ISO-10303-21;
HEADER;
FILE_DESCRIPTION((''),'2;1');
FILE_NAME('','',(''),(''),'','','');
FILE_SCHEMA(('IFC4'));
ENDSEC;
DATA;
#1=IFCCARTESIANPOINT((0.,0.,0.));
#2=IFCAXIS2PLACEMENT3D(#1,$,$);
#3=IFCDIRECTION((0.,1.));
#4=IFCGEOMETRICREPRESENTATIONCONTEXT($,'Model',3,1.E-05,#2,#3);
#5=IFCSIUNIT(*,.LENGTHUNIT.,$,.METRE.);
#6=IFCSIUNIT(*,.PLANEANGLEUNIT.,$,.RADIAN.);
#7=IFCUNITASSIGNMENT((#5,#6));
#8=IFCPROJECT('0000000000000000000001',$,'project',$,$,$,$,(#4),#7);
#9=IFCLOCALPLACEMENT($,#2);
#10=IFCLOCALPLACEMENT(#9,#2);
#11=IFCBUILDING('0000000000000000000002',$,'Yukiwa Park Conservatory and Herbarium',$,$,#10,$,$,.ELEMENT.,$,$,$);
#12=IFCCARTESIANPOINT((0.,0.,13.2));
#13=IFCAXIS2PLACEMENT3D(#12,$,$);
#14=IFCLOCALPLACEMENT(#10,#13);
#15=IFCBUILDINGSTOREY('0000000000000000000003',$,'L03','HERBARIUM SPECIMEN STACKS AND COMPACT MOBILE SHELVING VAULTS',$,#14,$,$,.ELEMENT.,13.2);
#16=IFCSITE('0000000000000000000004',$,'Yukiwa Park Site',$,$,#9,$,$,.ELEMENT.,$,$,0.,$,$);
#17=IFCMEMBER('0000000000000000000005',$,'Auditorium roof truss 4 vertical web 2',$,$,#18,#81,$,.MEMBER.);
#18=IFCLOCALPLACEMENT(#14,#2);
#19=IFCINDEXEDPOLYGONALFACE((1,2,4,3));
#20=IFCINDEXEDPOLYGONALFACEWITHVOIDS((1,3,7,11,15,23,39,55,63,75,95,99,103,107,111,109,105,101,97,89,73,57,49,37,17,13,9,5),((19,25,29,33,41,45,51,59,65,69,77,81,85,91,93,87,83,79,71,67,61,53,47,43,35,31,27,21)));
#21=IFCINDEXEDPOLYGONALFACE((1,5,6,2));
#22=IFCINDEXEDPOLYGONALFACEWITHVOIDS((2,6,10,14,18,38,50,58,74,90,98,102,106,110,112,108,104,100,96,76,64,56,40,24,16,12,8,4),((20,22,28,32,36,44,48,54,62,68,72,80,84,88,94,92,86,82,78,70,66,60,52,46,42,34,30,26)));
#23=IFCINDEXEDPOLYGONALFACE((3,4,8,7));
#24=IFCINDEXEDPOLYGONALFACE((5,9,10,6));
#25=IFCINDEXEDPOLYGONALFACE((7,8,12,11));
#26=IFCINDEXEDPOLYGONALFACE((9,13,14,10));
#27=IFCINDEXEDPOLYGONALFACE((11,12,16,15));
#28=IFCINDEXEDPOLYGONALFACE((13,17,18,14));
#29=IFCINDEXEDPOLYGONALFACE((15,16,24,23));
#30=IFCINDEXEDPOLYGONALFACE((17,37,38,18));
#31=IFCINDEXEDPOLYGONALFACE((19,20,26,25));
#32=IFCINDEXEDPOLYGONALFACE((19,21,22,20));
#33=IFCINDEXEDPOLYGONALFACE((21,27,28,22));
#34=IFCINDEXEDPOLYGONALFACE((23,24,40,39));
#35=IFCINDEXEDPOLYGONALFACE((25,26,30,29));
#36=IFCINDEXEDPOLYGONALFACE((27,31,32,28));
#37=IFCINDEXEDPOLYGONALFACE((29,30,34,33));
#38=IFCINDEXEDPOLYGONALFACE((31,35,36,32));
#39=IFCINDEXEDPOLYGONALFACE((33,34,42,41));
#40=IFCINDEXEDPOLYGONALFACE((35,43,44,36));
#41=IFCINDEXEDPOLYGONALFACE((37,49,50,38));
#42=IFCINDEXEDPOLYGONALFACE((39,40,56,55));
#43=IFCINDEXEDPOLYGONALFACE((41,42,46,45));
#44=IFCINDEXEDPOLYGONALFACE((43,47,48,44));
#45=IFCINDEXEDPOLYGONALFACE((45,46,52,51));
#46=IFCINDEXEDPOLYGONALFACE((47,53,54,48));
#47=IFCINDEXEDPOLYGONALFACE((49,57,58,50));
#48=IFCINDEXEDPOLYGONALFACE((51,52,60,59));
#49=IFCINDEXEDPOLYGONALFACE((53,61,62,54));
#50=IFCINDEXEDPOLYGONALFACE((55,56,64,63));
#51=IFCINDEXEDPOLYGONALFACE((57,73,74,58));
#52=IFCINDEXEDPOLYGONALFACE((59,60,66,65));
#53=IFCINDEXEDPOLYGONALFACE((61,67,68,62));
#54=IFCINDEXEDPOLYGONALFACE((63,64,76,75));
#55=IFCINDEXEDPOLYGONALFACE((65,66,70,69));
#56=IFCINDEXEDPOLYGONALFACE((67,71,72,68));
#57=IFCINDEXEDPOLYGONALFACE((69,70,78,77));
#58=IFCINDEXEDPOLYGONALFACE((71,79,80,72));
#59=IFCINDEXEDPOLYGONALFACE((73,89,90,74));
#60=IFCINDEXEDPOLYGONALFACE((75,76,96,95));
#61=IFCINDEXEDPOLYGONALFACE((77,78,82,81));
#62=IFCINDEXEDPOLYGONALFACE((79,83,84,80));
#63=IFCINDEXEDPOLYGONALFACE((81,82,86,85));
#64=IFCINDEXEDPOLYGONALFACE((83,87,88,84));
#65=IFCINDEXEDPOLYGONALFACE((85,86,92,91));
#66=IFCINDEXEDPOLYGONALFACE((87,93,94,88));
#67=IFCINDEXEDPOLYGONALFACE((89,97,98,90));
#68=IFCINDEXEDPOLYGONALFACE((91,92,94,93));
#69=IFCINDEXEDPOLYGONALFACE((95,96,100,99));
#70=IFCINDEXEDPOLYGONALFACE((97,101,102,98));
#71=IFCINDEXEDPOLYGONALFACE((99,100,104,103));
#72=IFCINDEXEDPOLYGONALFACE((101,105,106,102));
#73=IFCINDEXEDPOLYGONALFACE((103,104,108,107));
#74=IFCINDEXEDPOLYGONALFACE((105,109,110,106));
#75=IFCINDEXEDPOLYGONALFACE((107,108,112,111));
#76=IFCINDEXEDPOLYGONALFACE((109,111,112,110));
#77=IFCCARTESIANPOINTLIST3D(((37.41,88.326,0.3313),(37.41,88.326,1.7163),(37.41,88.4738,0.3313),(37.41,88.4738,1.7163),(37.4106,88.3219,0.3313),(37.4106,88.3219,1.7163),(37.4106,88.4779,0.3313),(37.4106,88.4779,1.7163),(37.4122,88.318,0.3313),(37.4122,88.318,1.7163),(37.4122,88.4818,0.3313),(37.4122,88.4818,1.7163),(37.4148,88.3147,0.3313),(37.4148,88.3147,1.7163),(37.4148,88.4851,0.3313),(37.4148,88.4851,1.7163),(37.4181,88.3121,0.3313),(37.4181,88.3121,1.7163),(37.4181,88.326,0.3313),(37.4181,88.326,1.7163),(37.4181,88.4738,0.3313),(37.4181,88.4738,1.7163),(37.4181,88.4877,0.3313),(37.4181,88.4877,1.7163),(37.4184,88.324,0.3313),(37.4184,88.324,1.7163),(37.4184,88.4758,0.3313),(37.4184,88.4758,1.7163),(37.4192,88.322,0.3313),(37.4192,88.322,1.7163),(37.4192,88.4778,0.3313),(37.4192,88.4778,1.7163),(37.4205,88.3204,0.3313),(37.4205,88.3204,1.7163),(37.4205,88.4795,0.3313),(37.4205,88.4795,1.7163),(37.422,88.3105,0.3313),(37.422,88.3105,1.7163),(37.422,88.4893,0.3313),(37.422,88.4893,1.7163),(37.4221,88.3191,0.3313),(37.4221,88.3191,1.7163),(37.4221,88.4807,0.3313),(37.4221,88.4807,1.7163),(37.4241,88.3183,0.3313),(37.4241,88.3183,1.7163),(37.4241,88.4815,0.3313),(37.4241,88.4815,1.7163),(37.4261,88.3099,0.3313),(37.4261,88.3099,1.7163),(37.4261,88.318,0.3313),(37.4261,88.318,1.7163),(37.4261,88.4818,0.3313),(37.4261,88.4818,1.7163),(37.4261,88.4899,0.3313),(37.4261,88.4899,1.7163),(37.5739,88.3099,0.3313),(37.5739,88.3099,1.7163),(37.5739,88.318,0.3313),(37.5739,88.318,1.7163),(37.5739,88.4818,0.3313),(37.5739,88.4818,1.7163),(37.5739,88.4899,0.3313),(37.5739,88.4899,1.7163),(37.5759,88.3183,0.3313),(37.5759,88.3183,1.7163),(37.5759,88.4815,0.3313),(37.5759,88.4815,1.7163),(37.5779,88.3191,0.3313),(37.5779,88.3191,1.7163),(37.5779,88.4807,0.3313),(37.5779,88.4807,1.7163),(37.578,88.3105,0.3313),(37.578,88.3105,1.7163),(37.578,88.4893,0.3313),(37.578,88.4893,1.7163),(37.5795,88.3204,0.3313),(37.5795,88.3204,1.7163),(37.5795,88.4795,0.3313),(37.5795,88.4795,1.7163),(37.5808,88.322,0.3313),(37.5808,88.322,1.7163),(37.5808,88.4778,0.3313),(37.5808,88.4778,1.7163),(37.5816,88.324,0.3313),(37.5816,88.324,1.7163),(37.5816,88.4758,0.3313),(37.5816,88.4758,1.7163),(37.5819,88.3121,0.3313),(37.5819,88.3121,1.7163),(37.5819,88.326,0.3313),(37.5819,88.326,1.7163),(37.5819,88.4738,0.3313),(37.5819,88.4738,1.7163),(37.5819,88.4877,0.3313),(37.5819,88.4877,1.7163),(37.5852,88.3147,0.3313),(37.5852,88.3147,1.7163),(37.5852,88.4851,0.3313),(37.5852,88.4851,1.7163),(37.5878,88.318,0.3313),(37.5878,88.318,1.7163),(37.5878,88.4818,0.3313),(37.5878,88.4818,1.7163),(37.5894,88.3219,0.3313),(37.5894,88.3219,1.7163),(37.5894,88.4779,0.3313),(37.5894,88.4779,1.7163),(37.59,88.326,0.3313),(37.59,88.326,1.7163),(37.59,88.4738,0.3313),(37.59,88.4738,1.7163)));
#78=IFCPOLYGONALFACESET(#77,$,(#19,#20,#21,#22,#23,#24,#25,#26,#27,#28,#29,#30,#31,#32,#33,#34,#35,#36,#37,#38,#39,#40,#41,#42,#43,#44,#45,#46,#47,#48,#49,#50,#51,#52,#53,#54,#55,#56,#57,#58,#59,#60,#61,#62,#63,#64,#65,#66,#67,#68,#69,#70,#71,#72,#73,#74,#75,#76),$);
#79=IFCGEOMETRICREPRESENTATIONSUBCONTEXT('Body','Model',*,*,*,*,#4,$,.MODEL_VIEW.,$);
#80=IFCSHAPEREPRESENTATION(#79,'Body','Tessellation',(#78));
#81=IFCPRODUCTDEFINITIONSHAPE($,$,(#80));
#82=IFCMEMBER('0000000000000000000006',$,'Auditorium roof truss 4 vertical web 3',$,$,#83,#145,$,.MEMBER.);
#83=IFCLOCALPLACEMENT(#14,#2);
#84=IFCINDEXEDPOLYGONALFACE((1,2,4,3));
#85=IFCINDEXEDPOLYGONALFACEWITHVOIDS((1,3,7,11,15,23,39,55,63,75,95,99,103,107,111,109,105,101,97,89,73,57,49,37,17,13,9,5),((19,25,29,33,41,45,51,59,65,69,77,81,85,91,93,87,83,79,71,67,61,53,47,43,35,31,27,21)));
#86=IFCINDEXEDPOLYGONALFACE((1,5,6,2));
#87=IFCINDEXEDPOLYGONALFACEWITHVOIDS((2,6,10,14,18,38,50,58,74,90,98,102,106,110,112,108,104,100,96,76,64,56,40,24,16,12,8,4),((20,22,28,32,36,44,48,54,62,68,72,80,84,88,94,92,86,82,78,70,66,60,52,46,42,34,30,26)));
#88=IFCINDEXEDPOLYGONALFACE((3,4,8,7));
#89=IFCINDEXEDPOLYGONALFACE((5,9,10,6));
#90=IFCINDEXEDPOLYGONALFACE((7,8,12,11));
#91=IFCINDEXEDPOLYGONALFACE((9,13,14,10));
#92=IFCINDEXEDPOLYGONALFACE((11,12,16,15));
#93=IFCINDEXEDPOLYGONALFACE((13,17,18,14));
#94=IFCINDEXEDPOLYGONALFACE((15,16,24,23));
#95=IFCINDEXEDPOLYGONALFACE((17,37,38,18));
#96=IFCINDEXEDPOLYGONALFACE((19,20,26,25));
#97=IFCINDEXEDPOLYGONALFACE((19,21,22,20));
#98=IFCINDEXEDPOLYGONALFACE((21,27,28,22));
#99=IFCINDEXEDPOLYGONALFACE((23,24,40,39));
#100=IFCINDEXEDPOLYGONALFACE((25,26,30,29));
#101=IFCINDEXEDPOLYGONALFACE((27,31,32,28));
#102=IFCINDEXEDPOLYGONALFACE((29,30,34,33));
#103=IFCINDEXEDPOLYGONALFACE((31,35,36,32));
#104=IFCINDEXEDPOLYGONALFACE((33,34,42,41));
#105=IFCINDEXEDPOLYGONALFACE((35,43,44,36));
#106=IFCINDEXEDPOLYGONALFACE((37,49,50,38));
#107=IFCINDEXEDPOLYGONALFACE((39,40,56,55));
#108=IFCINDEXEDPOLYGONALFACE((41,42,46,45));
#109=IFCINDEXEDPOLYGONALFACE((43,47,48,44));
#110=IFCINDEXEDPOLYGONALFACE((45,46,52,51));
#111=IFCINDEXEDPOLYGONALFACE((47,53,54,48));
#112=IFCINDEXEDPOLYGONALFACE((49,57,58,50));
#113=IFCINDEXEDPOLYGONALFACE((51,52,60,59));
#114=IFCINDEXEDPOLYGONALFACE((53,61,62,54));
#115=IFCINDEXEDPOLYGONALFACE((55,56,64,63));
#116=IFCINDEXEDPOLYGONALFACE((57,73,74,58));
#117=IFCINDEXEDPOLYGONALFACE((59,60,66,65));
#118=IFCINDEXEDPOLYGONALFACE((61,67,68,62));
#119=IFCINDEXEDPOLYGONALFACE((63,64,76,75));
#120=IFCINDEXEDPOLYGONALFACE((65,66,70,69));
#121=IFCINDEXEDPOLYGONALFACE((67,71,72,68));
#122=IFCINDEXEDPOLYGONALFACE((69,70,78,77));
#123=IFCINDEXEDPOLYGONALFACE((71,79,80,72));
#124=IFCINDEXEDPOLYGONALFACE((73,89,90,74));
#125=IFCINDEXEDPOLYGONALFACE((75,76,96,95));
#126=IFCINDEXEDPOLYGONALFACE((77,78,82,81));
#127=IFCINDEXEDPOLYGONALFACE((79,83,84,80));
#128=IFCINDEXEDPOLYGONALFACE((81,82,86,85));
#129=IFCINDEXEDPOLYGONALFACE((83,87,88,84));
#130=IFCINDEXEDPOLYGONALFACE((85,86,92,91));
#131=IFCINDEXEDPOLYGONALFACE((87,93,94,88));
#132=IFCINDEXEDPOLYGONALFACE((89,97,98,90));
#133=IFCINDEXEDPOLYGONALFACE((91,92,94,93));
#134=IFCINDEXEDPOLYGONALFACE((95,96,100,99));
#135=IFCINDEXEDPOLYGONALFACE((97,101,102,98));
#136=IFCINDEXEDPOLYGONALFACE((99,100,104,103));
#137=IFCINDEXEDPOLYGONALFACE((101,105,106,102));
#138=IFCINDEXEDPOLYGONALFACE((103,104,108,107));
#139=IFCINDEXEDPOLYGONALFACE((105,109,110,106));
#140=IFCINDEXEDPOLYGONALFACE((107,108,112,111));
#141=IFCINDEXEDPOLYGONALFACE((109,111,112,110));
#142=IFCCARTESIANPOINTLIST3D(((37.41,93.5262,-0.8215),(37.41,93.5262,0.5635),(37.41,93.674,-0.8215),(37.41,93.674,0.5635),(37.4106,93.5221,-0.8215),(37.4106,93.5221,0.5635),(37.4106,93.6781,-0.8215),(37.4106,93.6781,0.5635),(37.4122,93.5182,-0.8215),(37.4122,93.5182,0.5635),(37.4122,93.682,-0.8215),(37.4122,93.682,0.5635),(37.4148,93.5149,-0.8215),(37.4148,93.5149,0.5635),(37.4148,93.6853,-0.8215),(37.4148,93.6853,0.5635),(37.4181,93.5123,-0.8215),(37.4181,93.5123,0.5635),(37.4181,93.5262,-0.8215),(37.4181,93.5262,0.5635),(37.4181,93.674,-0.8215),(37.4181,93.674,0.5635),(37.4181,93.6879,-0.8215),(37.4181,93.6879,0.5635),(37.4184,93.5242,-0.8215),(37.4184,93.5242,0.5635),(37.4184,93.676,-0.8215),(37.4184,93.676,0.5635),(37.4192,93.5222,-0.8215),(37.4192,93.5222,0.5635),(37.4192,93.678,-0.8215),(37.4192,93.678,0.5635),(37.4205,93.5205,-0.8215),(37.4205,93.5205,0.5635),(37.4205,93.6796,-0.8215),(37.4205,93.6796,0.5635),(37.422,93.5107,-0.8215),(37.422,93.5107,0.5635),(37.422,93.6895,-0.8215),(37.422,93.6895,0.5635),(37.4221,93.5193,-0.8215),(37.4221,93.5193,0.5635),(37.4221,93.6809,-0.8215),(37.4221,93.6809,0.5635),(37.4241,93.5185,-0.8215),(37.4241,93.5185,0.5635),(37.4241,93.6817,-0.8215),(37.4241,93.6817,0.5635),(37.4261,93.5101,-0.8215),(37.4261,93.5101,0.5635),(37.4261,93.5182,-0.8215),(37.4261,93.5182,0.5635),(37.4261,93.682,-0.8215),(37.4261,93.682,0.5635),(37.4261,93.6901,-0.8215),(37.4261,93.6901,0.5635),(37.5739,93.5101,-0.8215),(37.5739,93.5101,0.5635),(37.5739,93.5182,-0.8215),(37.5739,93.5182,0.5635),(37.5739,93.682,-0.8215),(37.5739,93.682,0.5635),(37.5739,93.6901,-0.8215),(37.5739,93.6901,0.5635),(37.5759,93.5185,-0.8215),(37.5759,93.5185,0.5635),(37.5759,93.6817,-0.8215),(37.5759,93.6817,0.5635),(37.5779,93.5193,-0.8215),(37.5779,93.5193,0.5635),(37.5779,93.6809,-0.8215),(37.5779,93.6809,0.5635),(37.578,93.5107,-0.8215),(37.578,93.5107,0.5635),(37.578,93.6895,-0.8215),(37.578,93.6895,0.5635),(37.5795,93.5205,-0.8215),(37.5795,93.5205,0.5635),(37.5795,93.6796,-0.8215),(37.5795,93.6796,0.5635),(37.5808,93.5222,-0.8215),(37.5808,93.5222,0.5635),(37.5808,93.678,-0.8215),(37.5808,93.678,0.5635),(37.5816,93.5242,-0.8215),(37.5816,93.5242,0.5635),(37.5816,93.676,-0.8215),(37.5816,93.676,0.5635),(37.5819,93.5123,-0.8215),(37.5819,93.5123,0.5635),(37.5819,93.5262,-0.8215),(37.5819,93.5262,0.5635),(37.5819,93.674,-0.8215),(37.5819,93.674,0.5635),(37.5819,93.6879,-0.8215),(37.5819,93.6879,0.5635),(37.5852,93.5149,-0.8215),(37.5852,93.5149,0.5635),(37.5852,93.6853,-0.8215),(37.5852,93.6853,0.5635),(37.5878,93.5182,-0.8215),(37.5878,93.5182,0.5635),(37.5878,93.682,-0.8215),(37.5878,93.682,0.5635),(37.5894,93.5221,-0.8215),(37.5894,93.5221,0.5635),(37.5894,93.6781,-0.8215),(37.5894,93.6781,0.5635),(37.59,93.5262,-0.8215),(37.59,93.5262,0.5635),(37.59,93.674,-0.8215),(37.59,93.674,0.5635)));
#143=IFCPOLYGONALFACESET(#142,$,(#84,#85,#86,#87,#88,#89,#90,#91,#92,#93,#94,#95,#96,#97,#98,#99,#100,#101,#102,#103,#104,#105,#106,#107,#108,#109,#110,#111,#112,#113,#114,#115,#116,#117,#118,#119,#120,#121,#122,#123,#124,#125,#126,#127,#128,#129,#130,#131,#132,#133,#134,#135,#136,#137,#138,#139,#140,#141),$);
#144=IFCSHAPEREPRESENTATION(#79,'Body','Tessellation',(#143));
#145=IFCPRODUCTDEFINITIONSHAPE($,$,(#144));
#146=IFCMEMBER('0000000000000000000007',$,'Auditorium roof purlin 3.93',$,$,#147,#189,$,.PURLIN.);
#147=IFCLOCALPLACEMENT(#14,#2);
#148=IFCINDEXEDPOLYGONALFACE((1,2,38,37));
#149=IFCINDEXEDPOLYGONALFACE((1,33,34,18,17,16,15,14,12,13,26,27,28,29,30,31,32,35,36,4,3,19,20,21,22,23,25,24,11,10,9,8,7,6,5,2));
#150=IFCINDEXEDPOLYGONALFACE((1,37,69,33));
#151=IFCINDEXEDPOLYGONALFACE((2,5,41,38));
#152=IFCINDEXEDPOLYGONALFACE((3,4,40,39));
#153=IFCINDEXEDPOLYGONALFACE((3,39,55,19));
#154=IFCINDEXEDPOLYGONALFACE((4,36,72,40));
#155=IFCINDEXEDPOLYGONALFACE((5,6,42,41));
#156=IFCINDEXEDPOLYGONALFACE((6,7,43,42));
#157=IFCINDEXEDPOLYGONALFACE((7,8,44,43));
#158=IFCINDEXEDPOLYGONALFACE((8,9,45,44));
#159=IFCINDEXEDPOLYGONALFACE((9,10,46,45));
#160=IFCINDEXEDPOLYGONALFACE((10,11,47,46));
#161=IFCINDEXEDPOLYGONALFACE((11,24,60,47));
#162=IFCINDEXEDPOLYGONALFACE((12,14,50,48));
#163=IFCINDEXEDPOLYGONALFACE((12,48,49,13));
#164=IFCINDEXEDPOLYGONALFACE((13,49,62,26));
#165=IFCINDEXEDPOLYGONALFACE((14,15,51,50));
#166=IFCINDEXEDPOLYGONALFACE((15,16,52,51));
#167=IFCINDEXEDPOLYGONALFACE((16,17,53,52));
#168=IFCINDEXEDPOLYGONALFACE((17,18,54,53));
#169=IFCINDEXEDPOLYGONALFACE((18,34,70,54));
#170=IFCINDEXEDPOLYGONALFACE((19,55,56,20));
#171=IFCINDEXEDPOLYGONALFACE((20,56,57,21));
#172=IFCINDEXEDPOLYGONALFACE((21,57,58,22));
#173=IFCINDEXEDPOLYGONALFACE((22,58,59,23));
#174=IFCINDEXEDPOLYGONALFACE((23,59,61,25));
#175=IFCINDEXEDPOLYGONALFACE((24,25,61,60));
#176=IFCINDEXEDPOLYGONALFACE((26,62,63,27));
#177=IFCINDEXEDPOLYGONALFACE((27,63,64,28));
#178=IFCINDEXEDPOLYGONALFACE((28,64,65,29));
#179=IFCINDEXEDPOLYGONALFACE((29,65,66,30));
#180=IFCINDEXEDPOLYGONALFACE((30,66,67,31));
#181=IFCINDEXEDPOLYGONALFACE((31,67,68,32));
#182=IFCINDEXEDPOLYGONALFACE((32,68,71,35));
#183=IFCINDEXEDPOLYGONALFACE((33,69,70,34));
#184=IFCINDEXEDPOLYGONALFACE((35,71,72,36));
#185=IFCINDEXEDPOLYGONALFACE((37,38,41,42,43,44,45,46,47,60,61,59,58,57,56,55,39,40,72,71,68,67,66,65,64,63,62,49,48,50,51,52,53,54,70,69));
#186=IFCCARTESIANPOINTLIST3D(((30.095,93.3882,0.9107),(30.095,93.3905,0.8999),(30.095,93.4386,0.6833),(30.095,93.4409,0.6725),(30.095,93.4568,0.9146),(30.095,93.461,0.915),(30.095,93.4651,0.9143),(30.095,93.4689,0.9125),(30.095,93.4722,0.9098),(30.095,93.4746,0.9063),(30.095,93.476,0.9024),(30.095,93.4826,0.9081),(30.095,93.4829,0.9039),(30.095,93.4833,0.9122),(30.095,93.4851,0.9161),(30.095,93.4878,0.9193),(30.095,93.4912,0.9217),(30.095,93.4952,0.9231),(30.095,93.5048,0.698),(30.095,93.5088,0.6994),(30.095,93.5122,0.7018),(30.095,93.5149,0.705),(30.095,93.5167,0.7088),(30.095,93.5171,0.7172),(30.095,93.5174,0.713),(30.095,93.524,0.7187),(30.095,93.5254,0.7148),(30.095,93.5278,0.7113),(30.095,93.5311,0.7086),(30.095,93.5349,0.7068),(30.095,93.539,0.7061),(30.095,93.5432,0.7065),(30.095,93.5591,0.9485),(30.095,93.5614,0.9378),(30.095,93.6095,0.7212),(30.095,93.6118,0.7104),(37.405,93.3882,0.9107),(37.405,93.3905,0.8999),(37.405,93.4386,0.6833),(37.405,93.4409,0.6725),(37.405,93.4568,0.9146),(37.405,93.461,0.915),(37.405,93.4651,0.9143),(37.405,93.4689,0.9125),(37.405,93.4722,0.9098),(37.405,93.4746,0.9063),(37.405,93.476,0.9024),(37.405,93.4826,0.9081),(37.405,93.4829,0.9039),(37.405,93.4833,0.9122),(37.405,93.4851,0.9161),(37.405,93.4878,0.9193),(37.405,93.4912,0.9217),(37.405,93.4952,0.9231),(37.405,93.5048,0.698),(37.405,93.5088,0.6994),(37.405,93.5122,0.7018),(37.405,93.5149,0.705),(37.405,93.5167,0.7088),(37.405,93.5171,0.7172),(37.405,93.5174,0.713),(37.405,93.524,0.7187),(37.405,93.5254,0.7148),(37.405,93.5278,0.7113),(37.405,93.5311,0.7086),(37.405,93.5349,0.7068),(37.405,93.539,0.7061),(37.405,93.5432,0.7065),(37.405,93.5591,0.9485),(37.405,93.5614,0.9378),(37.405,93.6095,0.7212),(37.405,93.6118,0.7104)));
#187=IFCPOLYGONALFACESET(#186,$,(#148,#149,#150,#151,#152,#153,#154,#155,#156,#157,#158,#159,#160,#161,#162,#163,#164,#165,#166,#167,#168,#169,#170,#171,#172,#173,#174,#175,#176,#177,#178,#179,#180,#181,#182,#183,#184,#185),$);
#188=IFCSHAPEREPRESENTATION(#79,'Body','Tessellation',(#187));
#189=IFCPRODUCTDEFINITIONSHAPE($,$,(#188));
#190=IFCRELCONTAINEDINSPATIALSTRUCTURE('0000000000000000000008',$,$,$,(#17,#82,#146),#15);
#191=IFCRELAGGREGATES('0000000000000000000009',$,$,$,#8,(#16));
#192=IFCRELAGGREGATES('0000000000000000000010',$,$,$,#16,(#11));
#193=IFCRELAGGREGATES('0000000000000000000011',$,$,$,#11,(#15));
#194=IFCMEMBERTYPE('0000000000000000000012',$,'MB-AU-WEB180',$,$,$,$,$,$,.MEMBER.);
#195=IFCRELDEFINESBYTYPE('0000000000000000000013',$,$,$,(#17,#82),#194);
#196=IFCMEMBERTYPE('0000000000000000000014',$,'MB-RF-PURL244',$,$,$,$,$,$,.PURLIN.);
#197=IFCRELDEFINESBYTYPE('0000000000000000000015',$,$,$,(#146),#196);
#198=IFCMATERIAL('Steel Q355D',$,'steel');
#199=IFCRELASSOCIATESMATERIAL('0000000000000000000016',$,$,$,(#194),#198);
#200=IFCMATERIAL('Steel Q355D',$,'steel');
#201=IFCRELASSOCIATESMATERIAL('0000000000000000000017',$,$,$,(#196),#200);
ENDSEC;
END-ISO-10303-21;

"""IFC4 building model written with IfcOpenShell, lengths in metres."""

from ifc_helpers import new_model, si_unit, direction, frame, origin, origin_2d, place, context, subcontext, project, spatial, hollow_rectangle, i_section, extrude, material, material_profile, profile_set, type_object, element, save


model = new_model("IFC4")

# Units and contexts
model_context = context("Model", 3, precision=1e-05, world=origin(), true_north=direction((0.0, 1.0)))
body_context = subcontext(model_context, "Body", "Model", "MODEL_VIEW")
ifc_project = project(units=[si_unit("LENGTHUNIT", "METRE"), si_unit("PLANEANGLEUNIT", "RADIAN")], contexts=[model_context])

# Site, building, storey
site_placement = place(None, origin())
site = spatial("IfcSite", under=ifc_project, at=site_placement, Name="Yukiwa Park Site", CompositionType="ELEMENT", RefElevation=0.0)
building_placement = place(site_placement, origin())
building = spatial("IfcBuilding", under=site, at=building_placement, Name="Yukiwa Park Conservatory and Herbarium", CompositionType="ELEMENT")
storey_placement = place(building_placement, frame((0.0, 0.0, 13.2)))
storey = spatial("IfcBuildingStorey", under=building, at=storey_placement, Name="L03", Description="HERBARIUM SPECIMEN STACKS AND COMPACT MOBILE SHELVING VAULTS", CompositionType="ELEMENT", Elevation=13.2)

# Members
ifc_material_1 = material(Name="Steel Q355D", Category="steel")
ifc_material_profile_1 = material_profile(ifc_material_1, hollow_rectangle(XDim=0.1799, YDim=0.1799, WallThickness=0.0081, InnerFilletRadius=0.0081, OuterFilletRadius=0.0161, at=origin_2d()), Name="SHS 180x180x8")
ifc_profile_set_1 = profile_set([ifc_material_profile_1], Name="Steel Q355D")
member_type_1 = type_object("IfcMemberType", Name="MB-AU-WEB180", PredefinedType="MEMBER", material=ifc_profile_set_1)
for number, where, z_axis, x_axis, name in (
    (1, (37.5, 88.3999, 0.3313), (0.0, 0.0, 1.0), (1.0, 0.0, 0.0), "Auditorium roof truss 4 vertical web 2"),
    (2, (37.5, 93.6001, -0.8215), (0.0, 0.0, 1.0), (1.0, 0.0, 0.0), "Auditorium roof truss 4 vertical web 3"),
):
    element("IfcMember", number, at=place(storey_placement, frame(where, z_axis=z_axis, x_axis=x_axis)), inside=storey, type_object=member_type_1, Name=name, PredefinedType="MEMBER", context=body_context, shape_type="SweptSolid", body=[
        extrude(hollow_rectangle(XDim=0.1799, YDim=0.1799, WallThickness=0.0081, InnerFilletRadius=0.0081, OuterFilletRadius=0.0161, at=origin_2d()), origin(), (0.0, 0.0, 1.0), 1.385),
    ])
ifc_material_2 = material(Name="Steel Q355D", Category="steel")
ifc_material_profile_2 = material_profile(ifc_material_2, i_section(OverallWidth=0.175, OverallDepth=0.2439, WebThickness=0.0071, FlangeThickness=0.011, FilletRadius=0.0161, at=origin_2d()), Name="HM 244x175x7x11")
ifc_profile_set_2 = profile_set([ifc_material_profile_2], Name="Steel Q355D")
member_type_2 = type_object("IfcMemberType", Name="MB-RF-PURL244", PredefinedType="PURLIN", material=ifc_profile_set_2)
for number, where, z_axis, x_axis, name in (
    (3, (30.095, 93.5, 0.8105), (1.0, 0.0, 0.0), (0.0, 0.976296, 0.21644), "Auditorium roof purlin 3.93"),
):
    element("IfcMember", number, at=place(storey_placement, frame(where, z_axis=z_axis, x_axis=x_axis)), inside=storey, type_object=member_type_2, Name=name, PredefinedType="PURLIN", context=body_context, shape_type="SweptSolid", body=[
        extrude(i_section(OverallWidth=0.175, OverallDepth=0.2439, WebThickness=0.0071, FlangeThickness=0.011, FilletRadius=0.0161, at=origin_2d()), origin(), (0.0, 0.0, 1.0), 7.3101),
    ])

save(model, "model.ifc")
